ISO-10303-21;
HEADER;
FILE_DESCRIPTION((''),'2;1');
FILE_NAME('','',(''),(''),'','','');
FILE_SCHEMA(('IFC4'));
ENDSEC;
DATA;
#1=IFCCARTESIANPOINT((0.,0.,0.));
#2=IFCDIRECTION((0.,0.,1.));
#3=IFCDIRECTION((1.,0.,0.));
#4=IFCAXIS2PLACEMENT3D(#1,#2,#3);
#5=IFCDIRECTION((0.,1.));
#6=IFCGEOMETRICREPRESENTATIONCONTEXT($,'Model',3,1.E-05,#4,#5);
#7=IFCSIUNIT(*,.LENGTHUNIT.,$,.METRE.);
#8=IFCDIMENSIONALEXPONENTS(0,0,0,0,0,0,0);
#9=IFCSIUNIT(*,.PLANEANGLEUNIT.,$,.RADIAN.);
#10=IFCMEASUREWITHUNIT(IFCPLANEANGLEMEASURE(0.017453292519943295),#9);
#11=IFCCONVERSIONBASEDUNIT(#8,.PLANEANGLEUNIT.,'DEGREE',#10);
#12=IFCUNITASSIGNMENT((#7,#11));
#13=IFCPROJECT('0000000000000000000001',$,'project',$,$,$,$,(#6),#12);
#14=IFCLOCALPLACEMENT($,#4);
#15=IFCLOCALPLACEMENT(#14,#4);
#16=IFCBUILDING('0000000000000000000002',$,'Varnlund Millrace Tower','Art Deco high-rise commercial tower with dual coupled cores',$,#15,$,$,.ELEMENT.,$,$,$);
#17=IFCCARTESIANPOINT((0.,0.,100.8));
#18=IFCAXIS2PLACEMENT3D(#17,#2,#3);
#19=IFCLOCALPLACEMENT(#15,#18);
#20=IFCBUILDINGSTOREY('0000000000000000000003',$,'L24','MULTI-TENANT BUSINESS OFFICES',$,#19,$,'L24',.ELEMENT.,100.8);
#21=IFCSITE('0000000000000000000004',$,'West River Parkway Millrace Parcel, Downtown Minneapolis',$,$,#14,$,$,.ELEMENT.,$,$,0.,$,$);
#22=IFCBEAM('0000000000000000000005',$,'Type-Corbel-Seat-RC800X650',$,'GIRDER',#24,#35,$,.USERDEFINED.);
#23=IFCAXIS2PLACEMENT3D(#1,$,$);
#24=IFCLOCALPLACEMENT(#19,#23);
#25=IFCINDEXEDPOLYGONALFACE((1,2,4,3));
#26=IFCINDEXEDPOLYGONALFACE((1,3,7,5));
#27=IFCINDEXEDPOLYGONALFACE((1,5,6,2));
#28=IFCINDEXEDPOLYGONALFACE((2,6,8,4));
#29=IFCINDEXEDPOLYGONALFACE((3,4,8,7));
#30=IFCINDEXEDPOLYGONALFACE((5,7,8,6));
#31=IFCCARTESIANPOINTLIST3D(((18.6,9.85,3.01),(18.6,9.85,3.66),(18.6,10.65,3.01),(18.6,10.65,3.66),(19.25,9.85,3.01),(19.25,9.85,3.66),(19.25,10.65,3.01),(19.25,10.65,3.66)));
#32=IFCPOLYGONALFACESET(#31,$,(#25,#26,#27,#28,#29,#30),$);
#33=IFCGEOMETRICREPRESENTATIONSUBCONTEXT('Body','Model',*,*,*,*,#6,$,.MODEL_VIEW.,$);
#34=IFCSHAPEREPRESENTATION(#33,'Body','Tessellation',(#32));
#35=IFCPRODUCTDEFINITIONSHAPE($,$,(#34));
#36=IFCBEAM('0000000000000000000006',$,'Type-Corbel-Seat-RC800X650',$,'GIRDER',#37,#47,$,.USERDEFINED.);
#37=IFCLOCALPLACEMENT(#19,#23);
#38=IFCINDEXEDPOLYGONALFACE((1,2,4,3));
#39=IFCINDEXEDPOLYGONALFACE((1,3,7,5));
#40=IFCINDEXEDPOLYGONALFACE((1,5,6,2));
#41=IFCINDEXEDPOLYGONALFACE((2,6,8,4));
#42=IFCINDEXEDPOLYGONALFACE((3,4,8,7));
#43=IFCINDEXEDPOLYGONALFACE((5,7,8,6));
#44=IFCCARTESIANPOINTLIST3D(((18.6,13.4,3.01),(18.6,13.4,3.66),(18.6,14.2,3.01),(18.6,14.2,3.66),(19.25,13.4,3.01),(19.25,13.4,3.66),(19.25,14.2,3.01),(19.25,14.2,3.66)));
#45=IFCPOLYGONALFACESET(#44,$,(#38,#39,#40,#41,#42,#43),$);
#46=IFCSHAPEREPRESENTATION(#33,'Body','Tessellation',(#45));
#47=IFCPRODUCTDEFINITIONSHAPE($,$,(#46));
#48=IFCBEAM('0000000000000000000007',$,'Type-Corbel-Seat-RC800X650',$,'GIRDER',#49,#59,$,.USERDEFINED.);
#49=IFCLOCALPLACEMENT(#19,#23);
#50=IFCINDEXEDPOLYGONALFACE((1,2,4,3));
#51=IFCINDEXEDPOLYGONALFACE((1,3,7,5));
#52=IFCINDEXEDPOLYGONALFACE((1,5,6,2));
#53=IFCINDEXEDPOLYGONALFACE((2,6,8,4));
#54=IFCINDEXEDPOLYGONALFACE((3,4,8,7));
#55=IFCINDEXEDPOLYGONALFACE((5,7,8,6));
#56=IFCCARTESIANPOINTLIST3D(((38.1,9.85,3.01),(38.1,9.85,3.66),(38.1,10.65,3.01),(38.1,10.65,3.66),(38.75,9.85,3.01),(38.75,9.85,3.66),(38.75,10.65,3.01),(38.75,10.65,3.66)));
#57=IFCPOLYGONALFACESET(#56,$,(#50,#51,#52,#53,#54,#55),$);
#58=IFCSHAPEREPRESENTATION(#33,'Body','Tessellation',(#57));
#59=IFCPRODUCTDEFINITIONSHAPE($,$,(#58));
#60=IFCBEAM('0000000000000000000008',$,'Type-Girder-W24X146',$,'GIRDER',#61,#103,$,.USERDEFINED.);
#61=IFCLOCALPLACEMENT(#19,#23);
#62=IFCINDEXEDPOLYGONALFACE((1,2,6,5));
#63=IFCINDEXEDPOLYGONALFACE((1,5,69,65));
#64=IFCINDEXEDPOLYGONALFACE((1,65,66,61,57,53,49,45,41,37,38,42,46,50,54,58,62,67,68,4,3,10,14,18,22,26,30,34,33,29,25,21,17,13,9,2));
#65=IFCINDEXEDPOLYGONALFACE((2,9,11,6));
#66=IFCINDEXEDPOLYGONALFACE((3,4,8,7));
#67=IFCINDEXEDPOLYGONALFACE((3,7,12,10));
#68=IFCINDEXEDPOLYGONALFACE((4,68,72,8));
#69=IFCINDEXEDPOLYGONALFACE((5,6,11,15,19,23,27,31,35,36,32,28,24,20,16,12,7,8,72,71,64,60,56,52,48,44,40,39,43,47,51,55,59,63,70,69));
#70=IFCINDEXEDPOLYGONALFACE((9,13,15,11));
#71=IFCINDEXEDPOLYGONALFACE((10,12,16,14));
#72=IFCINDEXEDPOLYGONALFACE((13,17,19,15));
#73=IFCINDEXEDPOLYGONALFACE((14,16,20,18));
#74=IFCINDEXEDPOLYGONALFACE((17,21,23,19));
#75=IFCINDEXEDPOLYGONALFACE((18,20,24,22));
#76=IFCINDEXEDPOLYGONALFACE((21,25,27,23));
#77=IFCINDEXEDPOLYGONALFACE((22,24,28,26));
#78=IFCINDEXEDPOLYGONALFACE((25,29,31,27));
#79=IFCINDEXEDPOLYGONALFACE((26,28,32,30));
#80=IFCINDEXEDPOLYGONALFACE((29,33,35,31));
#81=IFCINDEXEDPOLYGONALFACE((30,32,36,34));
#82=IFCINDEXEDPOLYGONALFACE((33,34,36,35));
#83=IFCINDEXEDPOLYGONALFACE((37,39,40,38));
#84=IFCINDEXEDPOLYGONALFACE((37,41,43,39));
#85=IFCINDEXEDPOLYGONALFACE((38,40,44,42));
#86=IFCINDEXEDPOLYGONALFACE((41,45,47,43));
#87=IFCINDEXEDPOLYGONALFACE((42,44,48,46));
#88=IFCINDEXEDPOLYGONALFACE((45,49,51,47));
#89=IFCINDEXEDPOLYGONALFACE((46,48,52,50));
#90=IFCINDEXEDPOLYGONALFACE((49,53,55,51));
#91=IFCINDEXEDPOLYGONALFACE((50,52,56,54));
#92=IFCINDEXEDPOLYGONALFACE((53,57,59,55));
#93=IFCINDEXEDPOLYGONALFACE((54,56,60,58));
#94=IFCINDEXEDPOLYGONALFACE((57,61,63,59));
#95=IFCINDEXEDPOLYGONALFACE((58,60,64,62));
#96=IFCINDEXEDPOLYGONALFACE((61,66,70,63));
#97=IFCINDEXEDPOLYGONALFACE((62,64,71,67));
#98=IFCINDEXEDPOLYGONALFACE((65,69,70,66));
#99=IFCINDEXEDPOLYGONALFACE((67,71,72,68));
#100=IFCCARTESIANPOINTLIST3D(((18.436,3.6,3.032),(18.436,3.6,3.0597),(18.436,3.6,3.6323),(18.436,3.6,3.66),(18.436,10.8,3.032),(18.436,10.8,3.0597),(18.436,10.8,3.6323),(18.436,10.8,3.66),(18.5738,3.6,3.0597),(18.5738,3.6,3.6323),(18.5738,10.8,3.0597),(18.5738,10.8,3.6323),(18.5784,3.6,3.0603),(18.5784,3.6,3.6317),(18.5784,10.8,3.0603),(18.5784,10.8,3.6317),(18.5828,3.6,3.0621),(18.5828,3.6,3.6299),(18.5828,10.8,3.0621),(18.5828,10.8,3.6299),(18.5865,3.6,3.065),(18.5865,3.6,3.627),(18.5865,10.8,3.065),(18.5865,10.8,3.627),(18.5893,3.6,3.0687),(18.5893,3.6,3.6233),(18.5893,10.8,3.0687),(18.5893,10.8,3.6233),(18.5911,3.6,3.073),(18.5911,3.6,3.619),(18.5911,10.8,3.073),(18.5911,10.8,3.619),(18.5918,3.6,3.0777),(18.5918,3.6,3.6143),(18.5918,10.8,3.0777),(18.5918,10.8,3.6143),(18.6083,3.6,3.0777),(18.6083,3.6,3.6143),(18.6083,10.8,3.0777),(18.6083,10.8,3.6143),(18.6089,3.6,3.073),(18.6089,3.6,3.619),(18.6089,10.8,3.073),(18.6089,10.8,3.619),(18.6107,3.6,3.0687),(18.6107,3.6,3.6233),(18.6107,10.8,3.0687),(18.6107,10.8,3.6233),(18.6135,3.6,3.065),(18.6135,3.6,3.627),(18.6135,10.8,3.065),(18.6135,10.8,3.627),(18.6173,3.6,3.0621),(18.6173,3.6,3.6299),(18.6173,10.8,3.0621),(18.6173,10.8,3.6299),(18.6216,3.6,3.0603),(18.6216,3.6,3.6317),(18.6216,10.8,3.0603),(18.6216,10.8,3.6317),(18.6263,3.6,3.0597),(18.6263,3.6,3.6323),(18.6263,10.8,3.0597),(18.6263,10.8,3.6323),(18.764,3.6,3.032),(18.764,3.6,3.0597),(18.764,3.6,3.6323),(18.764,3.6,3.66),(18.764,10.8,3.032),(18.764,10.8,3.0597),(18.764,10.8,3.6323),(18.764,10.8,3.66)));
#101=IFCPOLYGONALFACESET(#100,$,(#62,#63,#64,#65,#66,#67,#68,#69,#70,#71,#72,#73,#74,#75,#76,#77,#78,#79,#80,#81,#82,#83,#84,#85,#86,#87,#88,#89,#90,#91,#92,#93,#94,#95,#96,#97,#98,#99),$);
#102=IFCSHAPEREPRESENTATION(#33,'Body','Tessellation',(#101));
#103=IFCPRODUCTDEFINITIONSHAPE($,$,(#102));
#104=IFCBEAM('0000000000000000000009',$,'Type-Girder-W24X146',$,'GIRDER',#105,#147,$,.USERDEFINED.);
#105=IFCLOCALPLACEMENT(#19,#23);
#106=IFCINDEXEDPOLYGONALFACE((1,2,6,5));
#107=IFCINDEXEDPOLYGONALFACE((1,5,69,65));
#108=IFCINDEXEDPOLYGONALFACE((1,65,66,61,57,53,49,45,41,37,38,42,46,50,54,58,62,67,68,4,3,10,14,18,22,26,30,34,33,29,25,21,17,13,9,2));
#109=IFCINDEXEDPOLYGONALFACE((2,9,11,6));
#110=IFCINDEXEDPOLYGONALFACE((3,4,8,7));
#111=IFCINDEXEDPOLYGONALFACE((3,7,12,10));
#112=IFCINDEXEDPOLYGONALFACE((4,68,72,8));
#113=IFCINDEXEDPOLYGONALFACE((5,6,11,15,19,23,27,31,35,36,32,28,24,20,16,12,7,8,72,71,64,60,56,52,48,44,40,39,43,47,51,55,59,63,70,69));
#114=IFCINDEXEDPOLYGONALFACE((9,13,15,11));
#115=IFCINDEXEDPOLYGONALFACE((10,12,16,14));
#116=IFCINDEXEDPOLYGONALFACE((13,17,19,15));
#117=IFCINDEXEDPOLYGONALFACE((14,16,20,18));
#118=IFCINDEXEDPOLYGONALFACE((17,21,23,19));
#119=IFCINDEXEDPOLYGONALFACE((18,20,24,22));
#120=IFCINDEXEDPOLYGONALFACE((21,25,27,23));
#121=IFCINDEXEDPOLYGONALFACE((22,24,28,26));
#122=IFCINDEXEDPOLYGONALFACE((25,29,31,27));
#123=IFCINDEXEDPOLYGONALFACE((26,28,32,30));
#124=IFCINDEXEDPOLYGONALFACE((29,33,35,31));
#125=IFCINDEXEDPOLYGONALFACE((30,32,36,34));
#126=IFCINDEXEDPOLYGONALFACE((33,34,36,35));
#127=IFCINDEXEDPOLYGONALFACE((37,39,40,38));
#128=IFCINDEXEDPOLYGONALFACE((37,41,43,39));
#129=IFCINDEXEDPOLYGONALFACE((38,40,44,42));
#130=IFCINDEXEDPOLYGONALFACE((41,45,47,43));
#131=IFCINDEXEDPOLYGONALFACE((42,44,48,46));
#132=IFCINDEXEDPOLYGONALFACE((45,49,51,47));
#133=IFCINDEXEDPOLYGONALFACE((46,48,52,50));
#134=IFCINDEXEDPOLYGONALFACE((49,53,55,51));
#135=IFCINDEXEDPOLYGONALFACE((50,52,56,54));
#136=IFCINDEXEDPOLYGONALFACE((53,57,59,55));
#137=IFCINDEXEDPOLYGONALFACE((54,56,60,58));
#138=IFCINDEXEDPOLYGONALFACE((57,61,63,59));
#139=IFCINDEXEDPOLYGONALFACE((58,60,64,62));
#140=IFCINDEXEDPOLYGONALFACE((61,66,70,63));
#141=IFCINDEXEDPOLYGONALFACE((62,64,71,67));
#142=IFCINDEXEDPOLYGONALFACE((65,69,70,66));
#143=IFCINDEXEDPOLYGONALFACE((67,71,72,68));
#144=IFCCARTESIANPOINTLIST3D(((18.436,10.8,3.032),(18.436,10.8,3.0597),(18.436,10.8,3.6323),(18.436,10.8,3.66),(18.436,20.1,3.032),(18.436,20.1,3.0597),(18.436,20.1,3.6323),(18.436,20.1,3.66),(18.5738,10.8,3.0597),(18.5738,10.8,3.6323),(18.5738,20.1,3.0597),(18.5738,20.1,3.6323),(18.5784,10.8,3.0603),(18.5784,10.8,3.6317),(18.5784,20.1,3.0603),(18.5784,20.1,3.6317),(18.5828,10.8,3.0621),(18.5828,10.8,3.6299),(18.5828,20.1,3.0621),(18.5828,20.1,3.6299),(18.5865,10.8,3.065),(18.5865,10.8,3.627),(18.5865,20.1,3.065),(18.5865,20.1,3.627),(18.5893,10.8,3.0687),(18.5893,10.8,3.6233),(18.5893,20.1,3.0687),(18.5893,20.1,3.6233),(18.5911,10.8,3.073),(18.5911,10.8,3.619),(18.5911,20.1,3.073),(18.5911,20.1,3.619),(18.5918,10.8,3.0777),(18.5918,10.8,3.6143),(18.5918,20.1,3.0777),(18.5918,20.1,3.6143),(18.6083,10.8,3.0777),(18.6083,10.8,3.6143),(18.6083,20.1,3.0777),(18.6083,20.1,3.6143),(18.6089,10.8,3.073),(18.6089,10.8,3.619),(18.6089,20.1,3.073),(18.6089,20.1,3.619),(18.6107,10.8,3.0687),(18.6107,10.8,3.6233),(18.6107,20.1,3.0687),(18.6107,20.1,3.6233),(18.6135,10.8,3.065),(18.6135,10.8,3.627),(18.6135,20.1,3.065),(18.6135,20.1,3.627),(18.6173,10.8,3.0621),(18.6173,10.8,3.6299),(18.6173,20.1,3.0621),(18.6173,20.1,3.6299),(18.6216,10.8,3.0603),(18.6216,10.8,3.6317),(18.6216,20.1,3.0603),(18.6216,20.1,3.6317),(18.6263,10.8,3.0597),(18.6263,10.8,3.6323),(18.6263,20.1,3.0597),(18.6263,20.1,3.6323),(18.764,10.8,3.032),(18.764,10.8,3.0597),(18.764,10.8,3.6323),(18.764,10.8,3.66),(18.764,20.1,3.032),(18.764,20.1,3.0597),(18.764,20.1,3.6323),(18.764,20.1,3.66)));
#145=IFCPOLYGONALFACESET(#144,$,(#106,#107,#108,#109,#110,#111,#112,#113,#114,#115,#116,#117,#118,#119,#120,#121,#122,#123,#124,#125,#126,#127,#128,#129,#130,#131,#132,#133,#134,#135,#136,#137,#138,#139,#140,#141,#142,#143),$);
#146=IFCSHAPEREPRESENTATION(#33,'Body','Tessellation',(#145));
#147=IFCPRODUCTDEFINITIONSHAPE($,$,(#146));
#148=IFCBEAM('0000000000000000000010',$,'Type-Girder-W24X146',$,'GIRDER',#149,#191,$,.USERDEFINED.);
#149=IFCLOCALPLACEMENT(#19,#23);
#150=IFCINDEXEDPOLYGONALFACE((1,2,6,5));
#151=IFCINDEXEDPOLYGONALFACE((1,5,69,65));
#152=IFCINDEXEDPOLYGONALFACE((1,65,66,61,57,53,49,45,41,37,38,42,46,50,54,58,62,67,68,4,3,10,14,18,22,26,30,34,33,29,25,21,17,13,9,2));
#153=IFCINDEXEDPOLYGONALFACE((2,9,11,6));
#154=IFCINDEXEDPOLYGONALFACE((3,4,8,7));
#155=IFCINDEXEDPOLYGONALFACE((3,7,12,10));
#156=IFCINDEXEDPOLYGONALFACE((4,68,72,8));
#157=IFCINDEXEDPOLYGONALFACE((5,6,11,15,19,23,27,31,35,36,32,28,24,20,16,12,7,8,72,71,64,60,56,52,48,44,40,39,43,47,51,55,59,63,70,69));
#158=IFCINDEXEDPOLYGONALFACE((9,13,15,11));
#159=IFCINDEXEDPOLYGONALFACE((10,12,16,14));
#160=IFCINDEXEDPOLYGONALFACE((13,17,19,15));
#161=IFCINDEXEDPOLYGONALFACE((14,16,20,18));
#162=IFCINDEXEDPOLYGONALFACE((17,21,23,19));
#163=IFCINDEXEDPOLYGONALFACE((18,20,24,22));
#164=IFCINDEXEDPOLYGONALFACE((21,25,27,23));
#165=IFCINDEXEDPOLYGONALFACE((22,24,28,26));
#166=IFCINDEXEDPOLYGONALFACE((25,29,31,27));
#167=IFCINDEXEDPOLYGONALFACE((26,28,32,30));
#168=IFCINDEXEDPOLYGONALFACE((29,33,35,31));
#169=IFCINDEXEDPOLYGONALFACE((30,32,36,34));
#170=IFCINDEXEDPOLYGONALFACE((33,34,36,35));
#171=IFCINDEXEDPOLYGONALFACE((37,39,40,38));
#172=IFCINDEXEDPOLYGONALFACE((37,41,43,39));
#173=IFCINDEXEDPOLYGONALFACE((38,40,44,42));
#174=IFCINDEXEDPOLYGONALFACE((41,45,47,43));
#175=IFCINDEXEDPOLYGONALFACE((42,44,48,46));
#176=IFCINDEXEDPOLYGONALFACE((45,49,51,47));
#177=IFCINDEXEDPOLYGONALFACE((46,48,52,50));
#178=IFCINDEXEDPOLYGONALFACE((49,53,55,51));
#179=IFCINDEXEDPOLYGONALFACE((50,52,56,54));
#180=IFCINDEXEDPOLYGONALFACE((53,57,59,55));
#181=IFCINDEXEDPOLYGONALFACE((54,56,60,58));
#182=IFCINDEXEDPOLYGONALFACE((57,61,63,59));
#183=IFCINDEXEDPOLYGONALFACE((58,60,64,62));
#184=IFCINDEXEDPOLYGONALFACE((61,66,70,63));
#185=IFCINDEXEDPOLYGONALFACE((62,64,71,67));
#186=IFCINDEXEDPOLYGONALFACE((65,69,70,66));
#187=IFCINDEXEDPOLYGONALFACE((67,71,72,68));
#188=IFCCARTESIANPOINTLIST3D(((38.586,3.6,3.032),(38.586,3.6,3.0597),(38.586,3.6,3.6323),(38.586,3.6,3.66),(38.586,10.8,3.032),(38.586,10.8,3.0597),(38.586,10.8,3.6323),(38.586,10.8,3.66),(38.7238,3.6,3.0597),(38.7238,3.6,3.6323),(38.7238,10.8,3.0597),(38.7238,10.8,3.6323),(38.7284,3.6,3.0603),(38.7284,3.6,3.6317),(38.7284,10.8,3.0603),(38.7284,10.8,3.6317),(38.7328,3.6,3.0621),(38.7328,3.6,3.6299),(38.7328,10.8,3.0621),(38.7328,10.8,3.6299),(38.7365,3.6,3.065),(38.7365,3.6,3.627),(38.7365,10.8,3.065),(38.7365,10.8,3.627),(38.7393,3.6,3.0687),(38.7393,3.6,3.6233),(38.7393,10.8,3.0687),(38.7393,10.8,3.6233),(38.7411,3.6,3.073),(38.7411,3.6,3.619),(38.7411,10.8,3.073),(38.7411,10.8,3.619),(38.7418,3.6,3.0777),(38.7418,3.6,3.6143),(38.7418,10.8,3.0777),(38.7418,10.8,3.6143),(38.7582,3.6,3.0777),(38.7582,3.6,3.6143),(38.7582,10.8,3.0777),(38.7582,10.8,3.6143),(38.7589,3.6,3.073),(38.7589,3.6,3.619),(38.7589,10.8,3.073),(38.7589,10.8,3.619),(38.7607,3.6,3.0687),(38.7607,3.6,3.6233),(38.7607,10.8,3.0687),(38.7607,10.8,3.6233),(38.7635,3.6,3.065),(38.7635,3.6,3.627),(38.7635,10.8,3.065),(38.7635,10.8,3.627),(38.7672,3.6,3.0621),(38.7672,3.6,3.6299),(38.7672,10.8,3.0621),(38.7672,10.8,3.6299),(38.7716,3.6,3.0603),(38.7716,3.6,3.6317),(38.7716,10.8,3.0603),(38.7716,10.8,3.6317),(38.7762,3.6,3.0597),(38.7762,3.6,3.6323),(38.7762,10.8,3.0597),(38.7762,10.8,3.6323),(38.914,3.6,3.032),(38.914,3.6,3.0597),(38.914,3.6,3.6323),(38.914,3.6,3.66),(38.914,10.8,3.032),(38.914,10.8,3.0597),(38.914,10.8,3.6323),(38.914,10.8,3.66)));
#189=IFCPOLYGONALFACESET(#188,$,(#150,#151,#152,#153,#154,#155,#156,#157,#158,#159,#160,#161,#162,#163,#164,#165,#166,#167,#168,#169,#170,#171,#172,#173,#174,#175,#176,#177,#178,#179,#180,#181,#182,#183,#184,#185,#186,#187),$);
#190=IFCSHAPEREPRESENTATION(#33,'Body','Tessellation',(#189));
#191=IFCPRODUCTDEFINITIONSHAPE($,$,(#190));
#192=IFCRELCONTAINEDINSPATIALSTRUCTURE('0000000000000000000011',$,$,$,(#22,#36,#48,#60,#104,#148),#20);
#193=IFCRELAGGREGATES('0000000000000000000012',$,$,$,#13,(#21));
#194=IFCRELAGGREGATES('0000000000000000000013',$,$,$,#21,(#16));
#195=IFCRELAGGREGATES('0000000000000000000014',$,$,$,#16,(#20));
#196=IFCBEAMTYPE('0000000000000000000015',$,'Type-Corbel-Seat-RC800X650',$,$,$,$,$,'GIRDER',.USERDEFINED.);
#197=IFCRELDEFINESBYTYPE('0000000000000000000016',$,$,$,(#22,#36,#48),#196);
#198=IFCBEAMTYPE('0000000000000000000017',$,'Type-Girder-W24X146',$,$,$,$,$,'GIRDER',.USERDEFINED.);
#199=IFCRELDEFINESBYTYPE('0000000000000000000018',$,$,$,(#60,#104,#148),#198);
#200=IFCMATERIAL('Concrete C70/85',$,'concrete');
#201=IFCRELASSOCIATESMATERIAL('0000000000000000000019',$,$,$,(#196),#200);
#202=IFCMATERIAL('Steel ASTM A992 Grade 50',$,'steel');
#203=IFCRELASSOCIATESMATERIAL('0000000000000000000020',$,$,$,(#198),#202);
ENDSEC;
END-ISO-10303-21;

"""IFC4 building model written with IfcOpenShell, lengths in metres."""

from ifc_helpers import new_model, entity, si_unit, converted_unit, direction, frame, origin_with_axes, origin_2d_with_axis, place, context, subcontext, project, spatial, rectangle, i_section, extrude, material, material_profile, profile_set, type_object, element, save


model = new_model("IFC4")

# Units and contexts
model_context = context("Model", 3, precision=1e-05, world=origin_with_axes(), true_north=direction((0.0, 1.0)))
body_context = subcontext(model_context, "Body", "Model", "MODEL_VIEW")
ifc_project = project(units=[si_unit("LENGTHUNIT", "METRE"), converted_unit("PLANEANGLEUNIT", "DEGREE", entity("IfcPlaneAngleMeasure", 0.017453292519943295), si_unit("PLANEANGLEUNIT", "RADIAN"), dimensions=[0, 0, 0, 0, 0, 0, 0])], contexts=[model_context])

# Site, building, storey
site_placement = place(None, origin_with_axes())
site = spatial("IfcSite", under=ifc_project, at=site_placement, Name="West River Parkway Millrace Parcel, Downtown Minneapolis", CompositionType="ELEMENT", RefElevation=0.0)
building_placement = place(site_placement, origin_with_axes())
building = spatial("IfcBuilding", under=site, at=building_placement, Name="Varnlund Millrace Tower", Description="Art Deco high-rise commercial tower with dual coupled cores", CompositionType="ELEMENT")
storey_placement = place(building_placement, frame((0.0, 0.0, 100.8), z_axis=(0.0, 0.0, 1.0), x_axis=(1.0, 0.0, 0.0)))
storey = spatial("IfcBuildingStorey", under=building, at=storey_placement, Name="L24", Description="MULTI-TENANT BUSINESS OFFICES", LongName="L24", CompositionType="ELEMENT", Elevation=100.8)

# Beams
ifc_material_1 = material(Name="Concrete C70/85", Category="concrete")
ifc_material_profile_1 = material_profile(ifc_material_1, rectangle(XDim=0.8, YDim=0.65, at=origin_2d_with_axis()), Name="Concrete C70/85")
ifc_profile_set_1 = profile_set([ifc_material_profile_1], Name="Concrete C70/85")
beam_type_1 = type_object("IfcBeamType", Name="Type-Corbel-Seat-RC800X650", ElementType="GIRDER", PredefinedType="USERDEFINED", material=ifc_profile_set_1)
for number, where, z_axis, x_axis, name in (
    (1, (18.6, 10.25, 3.335), (1.0, 0.0, 0.0), (0.0, 1.0, 0.0), "Type-Corbel-Seat-RC800X650"),
    (2, (18.6, 13.8, 3.335), (1.0, 0.0, 0.0), (0.0, 1.0, 0.0), "Type-Corbel-Seat-RC800X650"),
    (3, (38.1, 10.25, 3.335), (1.0, 0.0, 0.0), (0.0, 1.0, 0.0), "Type-Corbel-Seat-RC800X650"),
):
    element("IfcBeam", number, at=place(storey_placement, frame(where, z_axis=z_axis, x_axis=x_axis)), inside=storey, type_object=beam_type_1, Name=name, ObjectType="GIRDER", PredefinedType="USERDEFINED", context=body_context, shape_type="SweptSolid", body=[
        extrude(rectangle(XDim=0.8, YDim=0.65, at=origin_2d_with_axis()), origin_with_axes(), (0.0, 0.0, 1.0), 0.65),
    ])
ifc_material_2 = material(Name="Steel ASTM A992 Grade 50", Category="steel")
ifc_material_profile_2 = material_profile(ifc_material_2, i_section(OverallWidth=0.328, OverallDepth=0.628, WebThickness=0.0165, FlangeThickness=0.0277, FilletRadius=0.018, at=origin_2d_with_axis()), Name="Steel ASTM A992 Grade 50")
ifc_profile_set_2 = profile_set([ifc_material_profile_2], Name="Steel ASTM A992 Grade 50")
beam_type_2 = type_object("IfcBeamType", Name="Type-Girder-W24X146", ElementType="GIRDER", PredefinedType="USERDEFINED", material=ifc_profile_set_2)
beam_1_placement = place(storey_placement, frame((18.6, 3.6, 3.346), z_axis=(0.0, 1.0, 0.0), x_axis=(-1.0, 0.0, 0.0)))
element("IfcBeam", 4, at=beam_1_placement, inside=storey, type_object=beam_type_2, Name="Type-Girder-W24X146", ObjectType="GIRDER", PredefinedType="USERDEFINED", context=body_context, shape_type="SweptSolid", body=[
    extrude(i_section(OverallWidth=0.328, OverallDepth=0.628, WebThickness=0.0165, FlangeThickness=0.0277, FilletRadius=0.018, at=origin_2d_with_axis()), origin_with_axes(), (0.0, 0.0, 1.0), 7.2),
])
beam_2_placement = place(storey_placement, frame((18.6, 10.8, 3.346), z_axis=(0.0, 1.0, 0.0), x_axis=(-1.0, 0.0, 0.0)))
element("IfcBeam", 5, at=beam_2_placement, inside=storey, type_object=beam_type_2, Name="Type-Girder-W24X146", ObjectType="GIRDER", PredefinedType="USERDEFINED", context=body_context, shape_type="SweptSolid", body=[
    extrude(i_section(OverallWidth=0.328, OverallDepth=0.628, WebThickness=0.0165, FlangeThickness=0.0277, FilletRadius=0.018, at=origin_2d_with_axis()), origin_with_axes(), (0.0, 0.0, 1.0), 9.3),
])
for number, where, z_axis, x_axis, name in (
    (6, (38.75, 3.6, 3.346), (0.0, 1.0, 0.0), (-1.0, 0.0, 0.0), "Type-Girder-W24X146"),
):
    element("IfcBeam", number, at=place(storey_placement, frame(where, z_axis=z_axis, x_axis=x_axis)), inside=storey, type_object=beam_type_2, Name=name, ObjectType="GIRDER", PredefinedType="USERDEFINED", context=body_context, shape_type="SweptSolid", body=[
        extrude(i_section(OverallWidth=0.328, OverallDepth=0.628, WebThickness=0.0165, FlangeThickness=0.0277, FilletRadius=0.018, at=origin_2d_with_axis()), origin_with_axes(), (0.0, 0.0, 1.0), 7.2),
    ])

save(model, "model.ifc")
